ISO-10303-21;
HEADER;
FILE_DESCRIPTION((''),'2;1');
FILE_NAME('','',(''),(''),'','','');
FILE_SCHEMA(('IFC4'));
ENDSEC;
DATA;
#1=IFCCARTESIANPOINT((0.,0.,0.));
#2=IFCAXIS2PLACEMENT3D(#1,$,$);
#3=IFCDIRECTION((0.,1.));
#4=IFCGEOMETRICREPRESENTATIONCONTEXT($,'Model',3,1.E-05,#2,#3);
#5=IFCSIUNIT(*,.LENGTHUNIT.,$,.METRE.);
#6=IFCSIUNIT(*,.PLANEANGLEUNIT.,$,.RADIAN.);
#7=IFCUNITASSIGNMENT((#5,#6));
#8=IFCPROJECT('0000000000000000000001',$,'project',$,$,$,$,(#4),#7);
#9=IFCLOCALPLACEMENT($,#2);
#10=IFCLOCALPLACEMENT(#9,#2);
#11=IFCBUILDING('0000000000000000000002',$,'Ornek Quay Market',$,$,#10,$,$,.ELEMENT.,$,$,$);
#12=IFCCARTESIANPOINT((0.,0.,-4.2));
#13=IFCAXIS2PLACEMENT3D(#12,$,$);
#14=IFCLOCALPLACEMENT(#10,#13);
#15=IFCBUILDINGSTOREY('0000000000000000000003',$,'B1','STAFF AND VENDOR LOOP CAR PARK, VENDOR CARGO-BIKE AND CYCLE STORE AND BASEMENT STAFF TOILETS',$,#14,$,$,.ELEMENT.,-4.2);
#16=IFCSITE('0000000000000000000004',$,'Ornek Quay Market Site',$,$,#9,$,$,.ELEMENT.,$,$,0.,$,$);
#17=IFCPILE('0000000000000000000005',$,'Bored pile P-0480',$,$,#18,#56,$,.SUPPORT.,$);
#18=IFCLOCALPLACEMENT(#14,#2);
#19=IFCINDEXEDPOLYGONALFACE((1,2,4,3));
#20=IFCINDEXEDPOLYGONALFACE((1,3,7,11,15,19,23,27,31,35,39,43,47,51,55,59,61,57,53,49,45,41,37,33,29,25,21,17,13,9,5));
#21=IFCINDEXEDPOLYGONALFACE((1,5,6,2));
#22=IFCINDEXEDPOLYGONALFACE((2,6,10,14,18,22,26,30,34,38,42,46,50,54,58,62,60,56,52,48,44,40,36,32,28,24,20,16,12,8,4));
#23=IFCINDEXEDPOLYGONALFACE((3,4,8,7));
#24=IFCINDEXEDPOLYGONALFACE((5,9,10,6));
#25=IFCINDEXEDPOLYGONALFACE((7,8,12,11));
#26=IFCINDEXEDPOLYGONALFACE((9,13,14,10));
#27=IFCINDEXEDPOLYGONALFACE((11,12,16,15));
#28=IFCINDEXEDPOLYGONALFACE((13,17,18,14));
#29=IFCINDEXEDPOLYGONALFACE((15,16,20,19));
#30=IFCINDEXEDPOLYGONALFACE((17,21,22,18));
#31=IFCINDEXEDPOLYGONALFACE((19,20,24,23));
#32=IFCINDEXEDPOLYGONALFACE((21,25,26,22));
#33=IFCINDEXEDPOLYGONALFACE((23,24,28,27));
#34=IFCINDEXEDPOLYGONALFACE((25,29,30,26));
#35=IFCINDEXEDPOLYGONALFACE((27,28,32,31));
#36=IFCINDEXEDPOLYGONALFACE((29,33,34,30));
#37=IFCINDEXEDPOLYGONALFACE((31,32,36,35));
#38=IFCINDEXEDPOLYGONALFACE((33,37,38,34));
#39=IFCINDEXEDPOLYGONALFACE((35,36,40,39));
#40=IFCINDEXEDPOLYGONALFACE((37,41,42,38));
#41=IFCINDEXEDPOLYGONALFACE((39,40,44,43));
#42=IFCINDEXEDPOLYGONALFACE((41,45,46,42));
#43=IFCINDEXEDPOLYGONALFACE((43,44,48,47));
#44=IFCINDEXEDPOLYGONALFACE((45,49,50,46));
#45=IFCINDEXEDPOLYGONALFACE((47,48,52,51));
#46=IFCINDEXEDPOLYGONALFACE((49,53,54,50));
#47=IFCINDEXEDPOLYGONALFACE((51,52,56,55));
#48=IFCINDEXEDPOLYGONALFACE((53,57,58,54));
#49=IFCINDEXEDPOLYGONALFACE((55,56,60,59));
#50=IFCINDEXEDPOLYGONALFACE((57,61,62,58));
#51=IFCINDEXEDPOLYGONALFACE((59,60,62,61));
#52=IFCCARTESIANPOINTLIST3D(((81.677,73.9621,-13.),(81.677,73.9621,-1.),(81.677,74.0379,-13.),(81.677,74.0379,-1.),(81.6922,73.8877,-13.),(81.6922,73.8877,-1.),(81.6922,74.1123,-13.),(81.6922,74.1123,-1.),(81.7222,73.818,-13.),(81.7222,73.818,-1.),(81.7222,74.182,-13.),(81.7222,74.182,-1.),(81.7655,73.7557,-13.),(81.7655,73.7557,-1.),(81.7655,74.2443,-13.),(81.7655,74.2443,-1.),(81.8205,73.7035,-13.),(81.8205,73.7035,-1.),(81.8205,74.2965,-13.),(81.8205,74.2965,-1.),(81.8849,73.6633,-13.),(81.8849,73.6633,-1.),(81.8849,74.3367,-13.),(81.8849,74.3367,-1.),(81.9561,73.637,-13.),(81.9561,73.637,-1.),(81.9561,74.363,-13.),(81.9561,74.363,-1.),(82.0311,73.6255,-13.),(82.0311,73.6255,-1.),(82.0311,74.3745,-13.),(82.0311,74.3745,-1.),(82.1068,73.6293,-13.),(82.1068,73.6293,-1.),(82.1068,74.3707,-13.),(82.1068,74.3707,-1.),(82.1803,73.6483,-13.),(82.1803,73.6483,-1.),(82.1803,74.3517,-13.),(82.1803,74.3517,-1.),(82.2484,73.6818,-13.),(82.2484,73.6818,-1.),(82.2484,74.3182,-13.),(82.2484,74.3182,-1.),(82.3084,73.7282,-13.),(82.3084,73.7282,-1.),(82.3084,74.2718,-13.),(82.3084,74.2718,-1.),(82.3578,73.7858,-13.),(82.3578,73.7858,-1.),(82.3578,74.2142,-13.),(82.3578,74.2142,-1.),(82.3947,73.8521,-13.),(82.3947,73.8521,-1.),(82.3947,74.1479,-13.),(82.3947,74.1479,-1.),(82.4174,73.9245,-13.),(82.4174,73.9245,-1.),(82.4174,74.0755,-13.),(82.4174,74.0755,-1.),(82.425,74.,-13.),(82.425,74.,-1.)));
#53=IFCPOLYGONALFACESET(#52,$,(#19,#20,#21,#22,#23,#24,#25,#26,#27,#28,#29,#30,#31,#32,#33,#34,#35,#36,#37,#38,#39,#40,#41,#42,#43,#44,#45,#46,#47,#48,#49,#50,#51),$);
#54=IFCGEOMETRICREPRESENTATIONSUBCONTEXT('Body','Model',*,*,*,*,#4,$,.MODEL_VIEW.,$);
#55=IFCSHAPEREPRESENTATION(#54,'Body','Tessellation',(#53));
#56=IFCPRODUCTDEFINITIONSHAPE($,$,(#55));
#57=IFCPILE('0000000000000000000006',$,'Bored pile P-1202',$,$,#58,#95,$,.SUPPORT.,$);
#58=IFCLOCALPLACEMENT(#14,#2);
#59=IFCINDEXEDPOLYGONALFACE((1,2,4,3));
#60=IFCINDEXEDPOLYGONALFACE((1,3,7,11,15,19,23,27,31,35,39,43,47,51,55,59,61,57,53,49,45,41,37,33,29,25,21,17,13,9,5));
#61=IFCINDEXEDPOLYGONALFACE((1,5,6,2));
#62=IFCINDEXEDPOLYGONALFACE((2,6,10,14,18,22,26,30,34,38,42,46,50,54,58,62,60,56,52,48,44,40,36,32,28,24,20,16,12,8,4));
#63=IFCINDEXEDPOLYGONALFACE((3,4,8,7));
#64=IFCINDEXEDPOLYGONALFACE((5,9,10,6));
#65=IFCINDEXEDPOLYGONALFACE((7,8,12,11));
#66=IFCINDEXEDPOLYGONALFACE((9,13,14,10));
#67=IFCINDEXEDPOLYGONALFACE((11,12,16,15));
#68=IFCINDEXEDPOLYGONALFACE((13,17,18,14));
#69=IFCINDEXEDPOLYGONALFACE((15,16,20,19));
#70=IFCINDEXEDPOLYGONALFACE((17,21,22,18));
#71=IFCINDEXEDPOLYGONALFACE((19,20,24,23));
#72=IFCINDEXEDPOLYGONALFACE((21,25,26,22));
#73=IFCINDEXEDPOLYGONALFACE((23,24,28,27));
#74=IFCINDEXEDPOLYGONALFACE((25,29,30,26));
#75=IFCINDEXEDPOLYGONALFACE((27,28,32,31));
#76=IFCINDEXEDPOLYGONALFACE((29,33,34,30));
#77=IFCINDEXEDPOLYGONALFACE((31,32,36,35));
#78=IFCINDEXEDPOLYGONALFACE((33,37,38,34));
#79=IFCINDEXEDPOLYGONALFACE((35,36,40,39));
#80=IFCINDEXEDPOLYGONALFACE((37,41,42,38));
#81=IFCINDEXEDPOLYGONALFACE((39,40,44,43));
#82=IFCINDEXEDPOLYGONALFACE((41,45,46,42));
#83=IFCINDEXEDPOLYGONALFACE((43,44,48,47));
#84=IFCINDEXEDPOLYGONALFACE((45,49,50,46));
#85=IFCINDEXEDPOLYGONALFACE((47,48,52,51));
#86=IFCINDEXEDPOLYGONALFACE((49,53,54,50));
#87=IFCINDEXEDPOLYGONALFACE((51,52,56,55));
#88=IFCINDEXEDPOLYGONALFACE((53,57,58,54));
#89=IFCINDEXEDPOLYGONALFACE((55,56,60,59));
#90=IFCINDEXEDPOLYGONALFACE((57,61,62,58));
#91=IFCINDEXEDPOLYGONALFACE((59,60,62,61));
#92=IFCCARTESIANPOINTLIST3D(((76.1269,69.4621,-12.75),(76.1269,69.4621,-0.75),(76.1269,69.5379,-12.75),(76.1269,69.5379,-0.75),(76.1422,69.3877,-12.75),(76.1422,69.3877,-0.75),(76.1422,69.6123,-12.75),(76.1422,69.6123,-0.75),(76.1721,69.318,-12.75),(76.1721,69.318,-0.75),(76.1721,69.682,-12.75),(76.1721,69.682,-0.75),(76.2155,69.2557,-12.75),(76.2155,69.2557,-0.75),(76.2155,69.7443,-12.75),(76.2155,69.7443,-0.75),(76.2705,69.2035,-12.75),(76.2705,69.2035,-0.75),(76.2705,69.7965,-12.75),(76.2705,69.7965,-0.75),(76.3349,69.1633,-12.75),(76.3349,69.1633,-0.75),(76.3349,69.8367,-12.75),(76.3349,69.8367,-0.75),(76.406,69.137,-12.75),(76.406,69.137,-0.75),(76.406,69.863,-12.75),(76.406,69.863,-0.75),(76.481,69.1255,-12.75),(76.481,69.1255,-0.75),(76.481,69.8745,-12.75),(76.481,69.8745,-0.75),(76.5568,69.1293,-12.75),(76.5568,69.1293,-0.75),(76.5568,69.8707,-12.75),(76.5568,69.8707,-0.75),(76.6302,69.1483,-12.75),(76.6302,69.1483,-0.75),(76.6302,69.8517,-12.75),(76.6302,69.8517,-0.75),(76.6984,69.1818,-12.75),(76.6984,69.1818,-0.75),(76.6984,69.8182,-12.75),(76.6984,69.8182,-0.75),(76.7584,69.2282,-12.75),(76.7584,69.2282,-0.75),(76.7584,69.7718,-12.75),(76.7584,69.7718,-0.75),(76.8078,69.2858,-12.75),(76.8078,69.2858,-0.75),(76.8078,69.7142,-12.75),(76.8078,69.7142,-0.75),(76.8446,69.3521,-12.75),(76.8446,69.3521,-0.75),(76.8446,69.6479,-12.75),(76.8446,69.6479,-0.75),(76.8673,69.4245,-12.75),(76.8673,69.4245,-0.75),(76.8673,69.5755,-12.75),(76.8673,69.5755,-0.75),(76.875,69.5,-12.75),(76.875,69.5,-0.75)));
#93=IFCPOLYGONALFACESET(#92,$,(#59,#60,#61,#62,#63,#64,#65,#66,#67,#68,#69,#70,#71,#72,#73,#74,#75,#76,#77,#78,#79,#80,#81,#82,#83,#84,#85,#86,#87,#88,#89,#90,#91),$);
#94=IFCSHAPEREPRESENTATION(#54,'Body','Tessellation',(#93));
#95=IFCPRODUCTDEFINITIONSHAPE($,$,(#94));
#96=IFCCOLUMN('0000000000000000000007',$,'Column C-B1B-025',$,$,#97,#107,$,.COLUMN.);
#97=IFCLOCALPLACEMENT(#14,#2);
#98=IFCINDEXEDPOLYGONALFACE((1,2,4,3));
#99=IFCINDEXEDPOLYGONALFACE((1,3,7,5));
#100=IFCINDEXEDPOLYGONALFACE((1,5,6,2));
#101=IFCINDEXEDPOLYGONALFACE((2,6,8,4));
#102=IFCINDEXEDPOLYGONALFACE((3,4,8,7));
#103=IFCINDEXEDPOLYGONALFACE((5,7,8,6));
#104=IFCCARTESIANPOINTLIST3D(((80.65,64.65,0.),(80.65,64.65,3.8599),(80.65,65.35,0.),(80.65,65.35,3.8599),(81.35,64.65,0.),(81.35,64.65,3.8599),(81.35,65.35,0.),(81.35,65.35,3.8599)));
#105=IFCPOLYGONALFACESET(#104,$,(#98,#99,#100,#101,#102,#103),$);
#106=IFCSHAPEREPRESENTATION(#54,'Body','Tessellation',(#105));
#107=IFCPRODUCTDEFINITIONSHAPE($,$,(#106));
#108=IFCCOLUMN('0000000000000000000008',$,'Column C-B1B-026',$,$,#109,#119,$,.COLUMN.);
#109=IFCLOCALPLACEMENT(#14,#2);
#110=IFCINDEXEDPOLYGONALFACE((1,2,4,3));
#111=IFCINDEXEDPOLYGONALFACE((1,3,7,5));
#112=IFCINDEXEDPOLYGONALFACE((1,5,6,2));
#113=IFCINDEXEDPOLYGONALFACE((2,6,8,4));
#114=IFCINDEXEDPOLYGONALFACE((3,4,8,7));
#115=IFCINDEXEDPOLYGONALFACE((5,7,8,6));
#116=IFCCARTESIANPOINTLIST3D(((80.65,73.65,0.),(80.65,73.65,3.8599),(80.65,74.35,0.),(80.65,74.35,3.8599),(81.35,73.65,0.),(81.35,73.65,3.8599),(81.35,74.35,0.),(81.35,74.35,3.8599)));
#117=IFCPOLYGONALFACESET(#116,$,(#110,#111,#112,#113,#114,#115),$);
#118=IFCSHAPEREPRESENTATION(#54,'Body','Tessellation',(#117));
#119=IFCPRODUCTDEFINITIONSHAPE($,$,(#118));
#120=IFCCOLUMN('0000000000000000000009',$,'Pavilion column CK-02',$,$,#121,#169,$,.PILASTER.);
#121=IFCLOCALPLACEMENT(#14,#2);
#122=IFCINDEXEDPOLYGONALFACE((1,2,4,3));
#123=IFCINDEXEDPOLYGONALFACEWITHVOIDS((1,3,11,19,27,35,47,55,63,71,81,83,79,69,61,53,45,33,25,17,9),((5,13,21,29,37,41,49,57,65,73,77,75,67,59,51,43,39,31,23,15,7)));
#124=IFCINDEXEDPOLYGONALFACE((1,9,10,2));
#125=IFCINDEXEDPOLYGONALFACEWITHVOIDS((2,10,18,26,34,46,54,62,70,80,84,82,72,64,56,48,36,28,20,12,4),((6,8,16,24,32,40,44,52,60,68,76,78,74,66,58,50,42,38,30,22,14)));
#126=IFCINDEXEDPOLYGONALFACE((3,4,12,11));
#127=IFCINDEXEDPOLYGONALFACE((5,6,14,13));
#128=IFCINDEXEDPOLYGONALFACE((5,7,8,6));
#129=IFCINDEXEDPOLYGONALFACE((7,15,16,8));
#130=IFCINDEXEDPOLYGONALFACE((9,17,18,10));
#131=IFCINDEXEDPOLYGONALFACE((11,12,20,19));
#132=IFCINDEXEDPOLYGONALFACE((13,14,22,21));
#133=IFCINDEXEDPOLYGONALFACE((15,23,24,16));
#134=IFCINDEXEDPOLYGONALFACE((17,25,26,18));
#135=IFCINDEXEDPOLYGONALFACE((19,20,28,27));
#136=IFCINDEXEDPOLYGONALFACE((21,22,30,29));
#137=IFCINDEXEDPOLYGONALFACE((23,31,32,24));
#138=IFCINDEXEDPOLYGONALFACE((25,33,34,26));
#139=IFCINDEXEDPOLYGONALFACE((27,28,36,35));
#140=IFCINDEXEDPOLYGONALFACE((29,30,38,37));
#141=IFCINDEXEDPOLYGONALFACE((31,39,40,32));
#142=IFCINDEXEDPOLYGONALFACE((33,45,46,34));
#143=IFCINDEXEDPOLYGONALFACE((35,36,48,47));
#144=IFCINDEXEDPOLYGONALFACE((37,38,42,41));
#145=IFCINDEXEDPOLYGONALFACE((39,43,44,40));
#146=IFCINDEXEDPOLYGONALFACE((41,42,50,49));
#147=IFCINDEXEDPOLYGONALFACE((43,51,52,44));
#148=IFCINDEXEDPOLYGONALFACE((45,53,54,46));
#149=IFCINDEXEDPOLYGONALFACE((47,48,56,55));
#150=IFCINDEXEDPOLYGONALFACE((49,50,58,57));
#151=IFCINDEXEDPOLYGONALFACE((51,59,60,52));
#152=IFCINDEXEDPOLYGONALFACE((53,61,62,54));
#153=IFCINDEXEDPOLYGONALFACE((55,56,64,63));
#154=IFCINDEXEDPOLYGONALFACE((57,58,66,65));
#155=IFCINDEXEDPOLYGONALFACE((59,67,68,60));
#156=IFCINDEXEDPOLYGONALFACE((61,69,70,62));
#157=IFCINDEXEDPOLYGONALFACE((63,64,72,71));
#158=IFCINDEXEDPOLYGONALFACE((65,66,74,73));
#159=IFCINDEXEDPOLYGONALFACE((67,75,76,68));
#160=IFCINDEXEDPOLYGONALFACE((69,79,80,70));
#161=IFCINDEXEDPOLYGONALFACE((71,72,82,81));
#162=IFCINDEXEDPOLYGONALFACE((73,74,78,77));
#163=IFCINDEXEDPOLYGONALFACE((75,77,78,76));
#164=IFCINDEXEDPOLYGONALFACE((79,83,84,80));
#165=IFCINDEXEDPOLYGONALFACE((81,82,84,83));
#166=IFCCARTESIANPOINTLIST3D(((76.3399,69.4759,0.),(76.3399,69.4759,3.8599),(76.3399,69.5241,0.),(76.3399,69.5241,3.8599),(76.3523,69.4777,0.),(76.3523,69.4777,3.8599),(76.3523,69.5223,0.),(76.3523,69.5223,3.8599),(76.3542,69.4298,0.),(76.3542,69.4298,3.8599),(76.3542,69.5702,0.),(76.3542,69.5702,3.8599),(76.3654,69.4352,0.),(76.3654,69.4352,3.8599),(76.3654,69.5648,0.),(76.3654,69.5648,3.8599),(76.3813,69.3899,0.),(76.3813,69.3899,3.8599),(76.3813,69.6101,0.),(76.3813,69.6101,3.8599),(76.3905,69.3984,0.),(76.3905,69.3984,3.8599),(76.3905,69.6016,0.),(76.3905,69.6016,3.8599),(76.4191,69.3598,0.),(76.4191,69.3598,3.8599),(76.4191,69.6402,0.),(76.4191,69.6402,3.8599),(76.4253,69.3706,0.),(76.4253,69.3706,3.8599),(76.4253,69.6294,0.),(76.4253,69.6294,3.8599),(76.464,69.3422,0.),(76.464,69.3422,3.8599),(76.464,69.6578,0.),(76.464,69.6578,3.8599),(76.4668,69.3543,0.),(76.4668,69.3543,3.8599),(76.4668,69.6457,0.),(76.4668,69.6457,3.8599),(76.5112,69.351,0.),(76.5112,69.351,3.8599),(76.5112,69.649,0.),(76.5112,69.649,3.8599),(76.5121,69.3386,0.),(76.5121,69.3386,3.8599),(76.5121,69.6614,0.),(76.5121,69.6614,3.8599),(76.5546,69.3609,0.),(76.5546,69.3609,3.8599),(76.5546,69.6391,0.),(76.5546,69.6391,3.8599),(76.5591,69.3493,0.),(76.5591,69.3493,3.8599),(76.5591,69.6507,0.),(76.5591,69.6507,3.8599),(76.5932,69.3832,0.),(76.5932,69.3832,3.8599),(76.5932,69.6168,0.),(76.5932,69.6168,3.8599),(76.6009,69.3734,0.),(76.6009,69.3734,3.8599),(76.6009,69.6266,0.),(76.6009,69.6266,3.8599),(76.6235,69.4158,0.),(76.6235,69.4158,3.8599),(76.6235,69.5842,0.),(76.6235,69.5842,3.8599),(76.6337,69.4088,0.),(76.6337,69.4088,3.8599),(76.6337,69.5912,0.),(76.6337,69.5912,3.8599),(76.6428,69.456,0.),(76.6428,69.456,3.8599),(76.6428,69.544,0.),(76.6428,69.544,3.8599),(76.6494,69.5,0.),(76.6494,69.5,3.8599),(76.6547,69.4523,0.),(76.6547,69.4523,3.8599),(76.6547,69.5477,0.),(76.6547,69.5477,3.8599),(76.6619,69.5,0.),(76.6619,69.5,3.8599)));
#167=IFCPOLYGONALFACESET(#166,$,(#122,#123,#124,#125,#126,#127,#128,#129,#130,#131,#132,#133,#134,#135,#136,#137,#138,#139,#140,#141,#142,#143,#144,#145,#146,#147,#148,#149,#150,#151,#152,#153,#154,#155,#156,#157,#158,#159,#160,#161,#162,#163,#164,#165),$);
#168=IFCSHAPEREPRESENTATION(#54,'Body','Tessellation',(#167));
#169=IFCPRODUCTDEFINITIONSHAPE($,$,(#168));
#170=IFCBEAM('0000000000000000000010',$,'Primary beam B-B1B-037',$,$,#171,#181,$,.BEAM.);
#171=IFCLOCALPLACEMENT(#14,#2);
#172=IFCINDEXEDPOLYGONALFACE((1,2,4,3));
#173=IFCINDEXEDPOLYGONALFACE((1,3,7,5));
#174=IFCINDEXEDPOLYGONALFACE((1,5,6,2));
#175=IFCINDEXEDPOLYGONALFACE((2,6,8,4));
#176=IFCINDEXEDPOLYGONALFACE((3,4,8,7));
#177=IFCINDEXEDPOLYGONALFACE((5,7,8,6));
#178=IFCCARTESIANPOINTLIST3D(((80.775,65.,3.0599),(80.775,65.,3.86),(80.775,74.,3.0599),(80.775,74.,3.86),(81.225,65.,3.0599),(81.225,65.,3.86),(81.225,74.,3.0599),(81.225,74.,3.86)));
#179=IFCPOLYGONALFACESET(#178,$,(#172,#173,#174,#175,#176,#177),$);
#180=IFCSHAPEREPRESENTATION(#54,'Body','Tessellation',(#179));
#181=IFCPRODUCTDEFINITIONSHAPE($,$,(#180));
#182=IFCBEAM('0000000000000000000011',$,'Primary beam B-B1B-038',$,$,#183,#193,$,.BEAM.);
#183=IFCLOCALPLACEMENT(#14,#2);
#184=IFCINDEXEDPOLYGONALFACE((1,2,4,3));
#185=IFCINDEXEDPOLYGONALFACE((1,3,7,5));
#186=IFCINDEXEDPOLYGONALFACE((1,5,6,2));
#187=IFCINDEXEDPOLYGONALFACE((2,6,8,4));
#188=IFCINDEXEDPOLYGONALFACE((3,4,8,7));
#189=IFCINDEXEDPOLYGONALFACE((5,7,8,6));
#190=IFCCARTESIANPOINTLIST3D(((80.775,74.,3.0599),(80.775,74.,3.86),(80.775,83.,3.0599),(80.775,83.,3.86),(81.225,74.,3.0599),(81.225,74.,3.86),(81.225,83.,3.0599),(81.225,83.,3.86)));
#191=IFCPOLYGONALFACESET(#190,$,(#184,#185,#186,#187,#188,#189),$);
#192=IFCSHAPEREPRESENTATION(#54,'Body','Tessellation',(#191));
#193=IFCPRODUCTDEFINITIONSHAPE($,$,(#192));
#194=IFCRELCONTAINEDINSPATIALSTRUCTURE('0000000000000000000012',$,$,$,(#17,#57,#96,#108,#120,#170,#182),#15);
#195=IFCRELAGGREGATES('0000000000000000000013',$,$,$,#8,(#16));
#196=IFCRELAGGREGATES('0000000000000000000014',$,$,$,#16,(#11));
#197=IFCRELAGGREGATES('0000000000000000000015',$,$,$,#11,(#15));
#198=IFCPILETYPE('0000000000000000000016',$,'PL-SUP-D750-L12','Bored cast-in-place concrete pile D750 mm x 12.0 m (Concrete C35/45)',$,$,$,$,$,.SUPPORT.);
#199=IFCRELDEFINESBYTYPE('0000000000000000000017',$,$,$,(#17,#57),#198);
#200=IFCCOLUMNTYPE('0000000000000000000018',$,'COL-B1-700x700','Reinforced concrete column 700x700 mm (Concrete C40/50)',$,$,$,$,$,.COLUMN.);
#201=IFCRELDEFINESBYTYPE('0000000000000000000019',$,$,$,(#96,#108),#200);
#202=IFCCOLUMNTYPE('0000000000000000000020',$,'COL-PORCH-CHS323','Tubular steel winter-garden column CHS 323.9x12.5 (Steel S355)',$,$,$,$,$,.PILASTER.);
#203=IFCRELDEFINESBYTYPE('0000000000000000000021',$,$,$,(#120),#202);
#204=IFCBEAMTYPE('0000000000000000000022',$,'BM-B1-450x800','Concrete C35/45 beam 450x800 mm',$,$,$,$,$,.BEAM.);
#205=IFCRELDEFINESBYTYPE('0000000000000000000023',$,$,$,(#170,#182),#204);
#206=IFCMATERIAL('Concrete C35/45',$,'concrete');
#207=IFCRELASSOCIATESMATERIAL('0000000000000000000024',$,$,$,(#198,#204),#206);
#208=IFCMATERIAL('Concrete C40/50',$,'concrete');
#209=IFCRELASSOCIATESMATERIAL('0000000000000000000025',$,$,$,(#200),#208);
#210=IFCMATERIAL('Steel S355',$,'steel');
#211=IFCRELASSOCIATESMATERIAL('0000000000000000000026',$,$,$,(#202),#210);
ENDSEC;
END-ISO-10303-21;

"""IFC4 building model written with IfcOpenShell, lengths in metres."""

from ifc_helpers import new_model, si_unit, direction, frame, origin, origin_2d, place, context, subcontext, project, spatial, rectangle, circle, hollow_circle, extrude, material, material_profile, profile_set, type_object, element, save


model = new_model("IFC4")

# Units and contexts
model_context = context("Model", 3, precision=1e-05, world=origin(), true_north=direction((0.0, 1.0)))
body_context = subcontext(model_context, "Body", "Model", "MODEL_VIEW")
ifc_project = project(units=[si_unit("LENGTHUNIT", "METRE"), si_unit("PLANEANGLEUNIT", "RADIAN")], contexts=[model_context])

# Site, building, storey
site_placement = place(None, origin())
site = spatial("IfcSite", under=ifc_project, at=site_placement, Name="Ornek Quay Market Site", CompositionType="ELEMENT", RefElevation=0.0)
building_placement = place(site_placement, origin())
building = spatial("IfcBuilding", under=site, at=building_placement, Name="Ornek Quay Market", CompositionType="ELEMENT")
storey_placement = place(building_placement, frame((0.0, 0.0, -4.2)))
storey = spatial("IfcBuildingStorey", under=building, at=storey_placement, Name="B1", Description="STAFF AND VENDOR LOOP CAR PARK, VENDOR CARGO-BIKE AND CYCLE STORE AND BASEMENT STAFF TOILETS", CompositionType="ELEMENT", Elevation=-4.2)

# Piles
ifc_material_1 = material(Name="Concrete C35/45", Category="concrete")
ifc_material_profile_1 = material_profile(ifc_material_1, circle(Radius=0.375, at=origin_2d()), Name="PILE D750", Category="concrete")
ifc_profile_set_1 = profile_set([ifc_material_profile_1], Name="Concrete C35/45")
pile_type_1 = type_object("IfcPileType", Name="PL-SUP-D750-L12", Description="Bored cast-in-place concrete pile D750 mm x 12.0 m (Concrete C35/45)", PredefinedType="SUPPORT", material=ifc_profile_set_1)
for number, where, z_axis, x_axis, name in (
    (1, (82.05, 74.0, -1.0), (0.0, 0.0, -1.0), (1.0, 0.0, 0.0), "Bored pile P-0480"),
    (2, (76.5, 69.5, -0.75), (0.0, 0.0, -1.0), (1.0, 0.0, 0.0), "Bored pile P-1202"),
):
    element("IfcPile", number, at=place(storey_placement, frame(where, z_axis=z_axis, x_axis=x_axis)), inside=storey, type_object=pile_type_1, Name=name, PredefinedType="SUPPORT", context=body_context, shape_type="SweptSolid", body=[
        extrude(circle(Radius=0.375, at=origin_2d()), origin(), (0.0, 0.0, 1.0), 12.0),
    ])

# Columns
ifc_material_2 = material(Name="Concrete C40/50", Category="concrete")
ifc_material_profile_2 = material_profile(ifc_material_2, rectangle(XDim=0.7, YDim=0.7, at=origin_2d()), Name="RC 700x700", Category="concrete")
ifc_profile_set_2 = profile_set([ifc_material_profile_2], Name="Concrete C40/50")
column_type_1 = type_object("IfcColumnType", Name="COL-B1-700x700", Description="Reinforced concrete column 700x700 mm (Concrete C40/50)", PredefinedType="COLUMN", material=ifc_profile_set_2)
for number, where, z_axis, x_axis, name in (
    (3, (81.0, 65.0, 0.0), (0.0, 0.0, 1.0), (1.0, 0.0, 0.0), "Column C-B1B-025"),
    (4, (81.0, 74.0, 0.0), (0.0, 0.0, 1.0), (1.0, 0.0, 0.0), "Column C-B1B-026"),
):
    element("IfcColumn", number, at=place(storey_placement, frame(where, z_axis=z_axis, x_axis=x_axis)), inside=storey, type_object=column_type_1, Name=name, PredefinedType="COLUMN", context=body_context, shape_type="SweptSolid", body=[
        extrude(rectangle(XDim=0.7, YDim=0.7, at=origin_2d()), origin(), (0.0, 0.0, 1.0), 3.8599),
    ])
ifc_material_3 = material(Name="Steel S355", Category="steel")
ifc_material_profile_3 = material_profile(ifc_material_3, hollow_circle(Radius=0.1619, WallThickness=0.0125, at=origin_2d()), Name="CHS 323.9x12.5", Category="steel")
ifc_profile_set_3 = profile_set([ifc_material_profile_3], Name="Steel S355")
column_type_2 = type_object("IfcColumnType", Name="COL-PORCH-CHS323", Description="Tubular steel winter-garden column CHS 323.9x12.5 (Steel S355)", PredefinedType="PILASTER", material=ifc_profile_set_3)
column_placement = place(storey_placement, frame((76.5, 69.5, 0.0), z_axis=(0.0, 0.0, 1.0), x_axis=(1.0, 0.0, 0.0)))
element("IfcColumn", 5, at=column_placement, inside=storey, type_object=column_type_2, Name="Pavilion column CK-02", PredefinedType="PILASTER", context=body_context, shape_type="SweptSolid", body=[
    extrude(hollow_circle(Radius=0.1619, WallThickness=0.0125, at=origin_2d()), origin(), (0.0, 0.0, 1.0), 3.8599),
])

# Beams
ifc_material_profile_4 = material_profile(ifc_material_1, rectangle(XDim=0.45, YDim=0.8, at=origin_2d()), Name="RC 450x800", Category="concrete")
ifc_profile_set_4 = profile_set([ifc_material_profile_4], Name="Concrete C35/45")
beam_type_1 = type_object("IfcBeamType", Name="BM-B1-450x800", Description="Concrete C35/45 beam 450x800 mm", PredefinedType="BEAM", material=ifc_profile_set_4)
for number, where, z_axis, x_axis, name in (
    (6, (81.0, 65.0, 3.46), (0.0, 1.0, 0.0), (-1.0, 0.0, 0.0), "Primary beam B-B1B-037"),
    (7, (81.0, 74.0, 3.46), (0.0, 1.0, 0.0), (-1.0, 0.0, 0.0), "Primary beam B-B1B-038"),
):
    element("IfcBeam", number, at=place(storey_placement, frame(where, z_axis=z_axis, x_axis=x_axis)), inside=storey, type_object=beam_type_1, Name=name, PredefinedType="BEAM", context=body_context, shape_type="SweptSolid", body=[
        extrude(rectangle(XDim=0.45, YDim=0.8, at=origin_2d()), origin(), (0.0, 0.0, 1.0), 9.0),
    ])

save(model, "model.ifc")
